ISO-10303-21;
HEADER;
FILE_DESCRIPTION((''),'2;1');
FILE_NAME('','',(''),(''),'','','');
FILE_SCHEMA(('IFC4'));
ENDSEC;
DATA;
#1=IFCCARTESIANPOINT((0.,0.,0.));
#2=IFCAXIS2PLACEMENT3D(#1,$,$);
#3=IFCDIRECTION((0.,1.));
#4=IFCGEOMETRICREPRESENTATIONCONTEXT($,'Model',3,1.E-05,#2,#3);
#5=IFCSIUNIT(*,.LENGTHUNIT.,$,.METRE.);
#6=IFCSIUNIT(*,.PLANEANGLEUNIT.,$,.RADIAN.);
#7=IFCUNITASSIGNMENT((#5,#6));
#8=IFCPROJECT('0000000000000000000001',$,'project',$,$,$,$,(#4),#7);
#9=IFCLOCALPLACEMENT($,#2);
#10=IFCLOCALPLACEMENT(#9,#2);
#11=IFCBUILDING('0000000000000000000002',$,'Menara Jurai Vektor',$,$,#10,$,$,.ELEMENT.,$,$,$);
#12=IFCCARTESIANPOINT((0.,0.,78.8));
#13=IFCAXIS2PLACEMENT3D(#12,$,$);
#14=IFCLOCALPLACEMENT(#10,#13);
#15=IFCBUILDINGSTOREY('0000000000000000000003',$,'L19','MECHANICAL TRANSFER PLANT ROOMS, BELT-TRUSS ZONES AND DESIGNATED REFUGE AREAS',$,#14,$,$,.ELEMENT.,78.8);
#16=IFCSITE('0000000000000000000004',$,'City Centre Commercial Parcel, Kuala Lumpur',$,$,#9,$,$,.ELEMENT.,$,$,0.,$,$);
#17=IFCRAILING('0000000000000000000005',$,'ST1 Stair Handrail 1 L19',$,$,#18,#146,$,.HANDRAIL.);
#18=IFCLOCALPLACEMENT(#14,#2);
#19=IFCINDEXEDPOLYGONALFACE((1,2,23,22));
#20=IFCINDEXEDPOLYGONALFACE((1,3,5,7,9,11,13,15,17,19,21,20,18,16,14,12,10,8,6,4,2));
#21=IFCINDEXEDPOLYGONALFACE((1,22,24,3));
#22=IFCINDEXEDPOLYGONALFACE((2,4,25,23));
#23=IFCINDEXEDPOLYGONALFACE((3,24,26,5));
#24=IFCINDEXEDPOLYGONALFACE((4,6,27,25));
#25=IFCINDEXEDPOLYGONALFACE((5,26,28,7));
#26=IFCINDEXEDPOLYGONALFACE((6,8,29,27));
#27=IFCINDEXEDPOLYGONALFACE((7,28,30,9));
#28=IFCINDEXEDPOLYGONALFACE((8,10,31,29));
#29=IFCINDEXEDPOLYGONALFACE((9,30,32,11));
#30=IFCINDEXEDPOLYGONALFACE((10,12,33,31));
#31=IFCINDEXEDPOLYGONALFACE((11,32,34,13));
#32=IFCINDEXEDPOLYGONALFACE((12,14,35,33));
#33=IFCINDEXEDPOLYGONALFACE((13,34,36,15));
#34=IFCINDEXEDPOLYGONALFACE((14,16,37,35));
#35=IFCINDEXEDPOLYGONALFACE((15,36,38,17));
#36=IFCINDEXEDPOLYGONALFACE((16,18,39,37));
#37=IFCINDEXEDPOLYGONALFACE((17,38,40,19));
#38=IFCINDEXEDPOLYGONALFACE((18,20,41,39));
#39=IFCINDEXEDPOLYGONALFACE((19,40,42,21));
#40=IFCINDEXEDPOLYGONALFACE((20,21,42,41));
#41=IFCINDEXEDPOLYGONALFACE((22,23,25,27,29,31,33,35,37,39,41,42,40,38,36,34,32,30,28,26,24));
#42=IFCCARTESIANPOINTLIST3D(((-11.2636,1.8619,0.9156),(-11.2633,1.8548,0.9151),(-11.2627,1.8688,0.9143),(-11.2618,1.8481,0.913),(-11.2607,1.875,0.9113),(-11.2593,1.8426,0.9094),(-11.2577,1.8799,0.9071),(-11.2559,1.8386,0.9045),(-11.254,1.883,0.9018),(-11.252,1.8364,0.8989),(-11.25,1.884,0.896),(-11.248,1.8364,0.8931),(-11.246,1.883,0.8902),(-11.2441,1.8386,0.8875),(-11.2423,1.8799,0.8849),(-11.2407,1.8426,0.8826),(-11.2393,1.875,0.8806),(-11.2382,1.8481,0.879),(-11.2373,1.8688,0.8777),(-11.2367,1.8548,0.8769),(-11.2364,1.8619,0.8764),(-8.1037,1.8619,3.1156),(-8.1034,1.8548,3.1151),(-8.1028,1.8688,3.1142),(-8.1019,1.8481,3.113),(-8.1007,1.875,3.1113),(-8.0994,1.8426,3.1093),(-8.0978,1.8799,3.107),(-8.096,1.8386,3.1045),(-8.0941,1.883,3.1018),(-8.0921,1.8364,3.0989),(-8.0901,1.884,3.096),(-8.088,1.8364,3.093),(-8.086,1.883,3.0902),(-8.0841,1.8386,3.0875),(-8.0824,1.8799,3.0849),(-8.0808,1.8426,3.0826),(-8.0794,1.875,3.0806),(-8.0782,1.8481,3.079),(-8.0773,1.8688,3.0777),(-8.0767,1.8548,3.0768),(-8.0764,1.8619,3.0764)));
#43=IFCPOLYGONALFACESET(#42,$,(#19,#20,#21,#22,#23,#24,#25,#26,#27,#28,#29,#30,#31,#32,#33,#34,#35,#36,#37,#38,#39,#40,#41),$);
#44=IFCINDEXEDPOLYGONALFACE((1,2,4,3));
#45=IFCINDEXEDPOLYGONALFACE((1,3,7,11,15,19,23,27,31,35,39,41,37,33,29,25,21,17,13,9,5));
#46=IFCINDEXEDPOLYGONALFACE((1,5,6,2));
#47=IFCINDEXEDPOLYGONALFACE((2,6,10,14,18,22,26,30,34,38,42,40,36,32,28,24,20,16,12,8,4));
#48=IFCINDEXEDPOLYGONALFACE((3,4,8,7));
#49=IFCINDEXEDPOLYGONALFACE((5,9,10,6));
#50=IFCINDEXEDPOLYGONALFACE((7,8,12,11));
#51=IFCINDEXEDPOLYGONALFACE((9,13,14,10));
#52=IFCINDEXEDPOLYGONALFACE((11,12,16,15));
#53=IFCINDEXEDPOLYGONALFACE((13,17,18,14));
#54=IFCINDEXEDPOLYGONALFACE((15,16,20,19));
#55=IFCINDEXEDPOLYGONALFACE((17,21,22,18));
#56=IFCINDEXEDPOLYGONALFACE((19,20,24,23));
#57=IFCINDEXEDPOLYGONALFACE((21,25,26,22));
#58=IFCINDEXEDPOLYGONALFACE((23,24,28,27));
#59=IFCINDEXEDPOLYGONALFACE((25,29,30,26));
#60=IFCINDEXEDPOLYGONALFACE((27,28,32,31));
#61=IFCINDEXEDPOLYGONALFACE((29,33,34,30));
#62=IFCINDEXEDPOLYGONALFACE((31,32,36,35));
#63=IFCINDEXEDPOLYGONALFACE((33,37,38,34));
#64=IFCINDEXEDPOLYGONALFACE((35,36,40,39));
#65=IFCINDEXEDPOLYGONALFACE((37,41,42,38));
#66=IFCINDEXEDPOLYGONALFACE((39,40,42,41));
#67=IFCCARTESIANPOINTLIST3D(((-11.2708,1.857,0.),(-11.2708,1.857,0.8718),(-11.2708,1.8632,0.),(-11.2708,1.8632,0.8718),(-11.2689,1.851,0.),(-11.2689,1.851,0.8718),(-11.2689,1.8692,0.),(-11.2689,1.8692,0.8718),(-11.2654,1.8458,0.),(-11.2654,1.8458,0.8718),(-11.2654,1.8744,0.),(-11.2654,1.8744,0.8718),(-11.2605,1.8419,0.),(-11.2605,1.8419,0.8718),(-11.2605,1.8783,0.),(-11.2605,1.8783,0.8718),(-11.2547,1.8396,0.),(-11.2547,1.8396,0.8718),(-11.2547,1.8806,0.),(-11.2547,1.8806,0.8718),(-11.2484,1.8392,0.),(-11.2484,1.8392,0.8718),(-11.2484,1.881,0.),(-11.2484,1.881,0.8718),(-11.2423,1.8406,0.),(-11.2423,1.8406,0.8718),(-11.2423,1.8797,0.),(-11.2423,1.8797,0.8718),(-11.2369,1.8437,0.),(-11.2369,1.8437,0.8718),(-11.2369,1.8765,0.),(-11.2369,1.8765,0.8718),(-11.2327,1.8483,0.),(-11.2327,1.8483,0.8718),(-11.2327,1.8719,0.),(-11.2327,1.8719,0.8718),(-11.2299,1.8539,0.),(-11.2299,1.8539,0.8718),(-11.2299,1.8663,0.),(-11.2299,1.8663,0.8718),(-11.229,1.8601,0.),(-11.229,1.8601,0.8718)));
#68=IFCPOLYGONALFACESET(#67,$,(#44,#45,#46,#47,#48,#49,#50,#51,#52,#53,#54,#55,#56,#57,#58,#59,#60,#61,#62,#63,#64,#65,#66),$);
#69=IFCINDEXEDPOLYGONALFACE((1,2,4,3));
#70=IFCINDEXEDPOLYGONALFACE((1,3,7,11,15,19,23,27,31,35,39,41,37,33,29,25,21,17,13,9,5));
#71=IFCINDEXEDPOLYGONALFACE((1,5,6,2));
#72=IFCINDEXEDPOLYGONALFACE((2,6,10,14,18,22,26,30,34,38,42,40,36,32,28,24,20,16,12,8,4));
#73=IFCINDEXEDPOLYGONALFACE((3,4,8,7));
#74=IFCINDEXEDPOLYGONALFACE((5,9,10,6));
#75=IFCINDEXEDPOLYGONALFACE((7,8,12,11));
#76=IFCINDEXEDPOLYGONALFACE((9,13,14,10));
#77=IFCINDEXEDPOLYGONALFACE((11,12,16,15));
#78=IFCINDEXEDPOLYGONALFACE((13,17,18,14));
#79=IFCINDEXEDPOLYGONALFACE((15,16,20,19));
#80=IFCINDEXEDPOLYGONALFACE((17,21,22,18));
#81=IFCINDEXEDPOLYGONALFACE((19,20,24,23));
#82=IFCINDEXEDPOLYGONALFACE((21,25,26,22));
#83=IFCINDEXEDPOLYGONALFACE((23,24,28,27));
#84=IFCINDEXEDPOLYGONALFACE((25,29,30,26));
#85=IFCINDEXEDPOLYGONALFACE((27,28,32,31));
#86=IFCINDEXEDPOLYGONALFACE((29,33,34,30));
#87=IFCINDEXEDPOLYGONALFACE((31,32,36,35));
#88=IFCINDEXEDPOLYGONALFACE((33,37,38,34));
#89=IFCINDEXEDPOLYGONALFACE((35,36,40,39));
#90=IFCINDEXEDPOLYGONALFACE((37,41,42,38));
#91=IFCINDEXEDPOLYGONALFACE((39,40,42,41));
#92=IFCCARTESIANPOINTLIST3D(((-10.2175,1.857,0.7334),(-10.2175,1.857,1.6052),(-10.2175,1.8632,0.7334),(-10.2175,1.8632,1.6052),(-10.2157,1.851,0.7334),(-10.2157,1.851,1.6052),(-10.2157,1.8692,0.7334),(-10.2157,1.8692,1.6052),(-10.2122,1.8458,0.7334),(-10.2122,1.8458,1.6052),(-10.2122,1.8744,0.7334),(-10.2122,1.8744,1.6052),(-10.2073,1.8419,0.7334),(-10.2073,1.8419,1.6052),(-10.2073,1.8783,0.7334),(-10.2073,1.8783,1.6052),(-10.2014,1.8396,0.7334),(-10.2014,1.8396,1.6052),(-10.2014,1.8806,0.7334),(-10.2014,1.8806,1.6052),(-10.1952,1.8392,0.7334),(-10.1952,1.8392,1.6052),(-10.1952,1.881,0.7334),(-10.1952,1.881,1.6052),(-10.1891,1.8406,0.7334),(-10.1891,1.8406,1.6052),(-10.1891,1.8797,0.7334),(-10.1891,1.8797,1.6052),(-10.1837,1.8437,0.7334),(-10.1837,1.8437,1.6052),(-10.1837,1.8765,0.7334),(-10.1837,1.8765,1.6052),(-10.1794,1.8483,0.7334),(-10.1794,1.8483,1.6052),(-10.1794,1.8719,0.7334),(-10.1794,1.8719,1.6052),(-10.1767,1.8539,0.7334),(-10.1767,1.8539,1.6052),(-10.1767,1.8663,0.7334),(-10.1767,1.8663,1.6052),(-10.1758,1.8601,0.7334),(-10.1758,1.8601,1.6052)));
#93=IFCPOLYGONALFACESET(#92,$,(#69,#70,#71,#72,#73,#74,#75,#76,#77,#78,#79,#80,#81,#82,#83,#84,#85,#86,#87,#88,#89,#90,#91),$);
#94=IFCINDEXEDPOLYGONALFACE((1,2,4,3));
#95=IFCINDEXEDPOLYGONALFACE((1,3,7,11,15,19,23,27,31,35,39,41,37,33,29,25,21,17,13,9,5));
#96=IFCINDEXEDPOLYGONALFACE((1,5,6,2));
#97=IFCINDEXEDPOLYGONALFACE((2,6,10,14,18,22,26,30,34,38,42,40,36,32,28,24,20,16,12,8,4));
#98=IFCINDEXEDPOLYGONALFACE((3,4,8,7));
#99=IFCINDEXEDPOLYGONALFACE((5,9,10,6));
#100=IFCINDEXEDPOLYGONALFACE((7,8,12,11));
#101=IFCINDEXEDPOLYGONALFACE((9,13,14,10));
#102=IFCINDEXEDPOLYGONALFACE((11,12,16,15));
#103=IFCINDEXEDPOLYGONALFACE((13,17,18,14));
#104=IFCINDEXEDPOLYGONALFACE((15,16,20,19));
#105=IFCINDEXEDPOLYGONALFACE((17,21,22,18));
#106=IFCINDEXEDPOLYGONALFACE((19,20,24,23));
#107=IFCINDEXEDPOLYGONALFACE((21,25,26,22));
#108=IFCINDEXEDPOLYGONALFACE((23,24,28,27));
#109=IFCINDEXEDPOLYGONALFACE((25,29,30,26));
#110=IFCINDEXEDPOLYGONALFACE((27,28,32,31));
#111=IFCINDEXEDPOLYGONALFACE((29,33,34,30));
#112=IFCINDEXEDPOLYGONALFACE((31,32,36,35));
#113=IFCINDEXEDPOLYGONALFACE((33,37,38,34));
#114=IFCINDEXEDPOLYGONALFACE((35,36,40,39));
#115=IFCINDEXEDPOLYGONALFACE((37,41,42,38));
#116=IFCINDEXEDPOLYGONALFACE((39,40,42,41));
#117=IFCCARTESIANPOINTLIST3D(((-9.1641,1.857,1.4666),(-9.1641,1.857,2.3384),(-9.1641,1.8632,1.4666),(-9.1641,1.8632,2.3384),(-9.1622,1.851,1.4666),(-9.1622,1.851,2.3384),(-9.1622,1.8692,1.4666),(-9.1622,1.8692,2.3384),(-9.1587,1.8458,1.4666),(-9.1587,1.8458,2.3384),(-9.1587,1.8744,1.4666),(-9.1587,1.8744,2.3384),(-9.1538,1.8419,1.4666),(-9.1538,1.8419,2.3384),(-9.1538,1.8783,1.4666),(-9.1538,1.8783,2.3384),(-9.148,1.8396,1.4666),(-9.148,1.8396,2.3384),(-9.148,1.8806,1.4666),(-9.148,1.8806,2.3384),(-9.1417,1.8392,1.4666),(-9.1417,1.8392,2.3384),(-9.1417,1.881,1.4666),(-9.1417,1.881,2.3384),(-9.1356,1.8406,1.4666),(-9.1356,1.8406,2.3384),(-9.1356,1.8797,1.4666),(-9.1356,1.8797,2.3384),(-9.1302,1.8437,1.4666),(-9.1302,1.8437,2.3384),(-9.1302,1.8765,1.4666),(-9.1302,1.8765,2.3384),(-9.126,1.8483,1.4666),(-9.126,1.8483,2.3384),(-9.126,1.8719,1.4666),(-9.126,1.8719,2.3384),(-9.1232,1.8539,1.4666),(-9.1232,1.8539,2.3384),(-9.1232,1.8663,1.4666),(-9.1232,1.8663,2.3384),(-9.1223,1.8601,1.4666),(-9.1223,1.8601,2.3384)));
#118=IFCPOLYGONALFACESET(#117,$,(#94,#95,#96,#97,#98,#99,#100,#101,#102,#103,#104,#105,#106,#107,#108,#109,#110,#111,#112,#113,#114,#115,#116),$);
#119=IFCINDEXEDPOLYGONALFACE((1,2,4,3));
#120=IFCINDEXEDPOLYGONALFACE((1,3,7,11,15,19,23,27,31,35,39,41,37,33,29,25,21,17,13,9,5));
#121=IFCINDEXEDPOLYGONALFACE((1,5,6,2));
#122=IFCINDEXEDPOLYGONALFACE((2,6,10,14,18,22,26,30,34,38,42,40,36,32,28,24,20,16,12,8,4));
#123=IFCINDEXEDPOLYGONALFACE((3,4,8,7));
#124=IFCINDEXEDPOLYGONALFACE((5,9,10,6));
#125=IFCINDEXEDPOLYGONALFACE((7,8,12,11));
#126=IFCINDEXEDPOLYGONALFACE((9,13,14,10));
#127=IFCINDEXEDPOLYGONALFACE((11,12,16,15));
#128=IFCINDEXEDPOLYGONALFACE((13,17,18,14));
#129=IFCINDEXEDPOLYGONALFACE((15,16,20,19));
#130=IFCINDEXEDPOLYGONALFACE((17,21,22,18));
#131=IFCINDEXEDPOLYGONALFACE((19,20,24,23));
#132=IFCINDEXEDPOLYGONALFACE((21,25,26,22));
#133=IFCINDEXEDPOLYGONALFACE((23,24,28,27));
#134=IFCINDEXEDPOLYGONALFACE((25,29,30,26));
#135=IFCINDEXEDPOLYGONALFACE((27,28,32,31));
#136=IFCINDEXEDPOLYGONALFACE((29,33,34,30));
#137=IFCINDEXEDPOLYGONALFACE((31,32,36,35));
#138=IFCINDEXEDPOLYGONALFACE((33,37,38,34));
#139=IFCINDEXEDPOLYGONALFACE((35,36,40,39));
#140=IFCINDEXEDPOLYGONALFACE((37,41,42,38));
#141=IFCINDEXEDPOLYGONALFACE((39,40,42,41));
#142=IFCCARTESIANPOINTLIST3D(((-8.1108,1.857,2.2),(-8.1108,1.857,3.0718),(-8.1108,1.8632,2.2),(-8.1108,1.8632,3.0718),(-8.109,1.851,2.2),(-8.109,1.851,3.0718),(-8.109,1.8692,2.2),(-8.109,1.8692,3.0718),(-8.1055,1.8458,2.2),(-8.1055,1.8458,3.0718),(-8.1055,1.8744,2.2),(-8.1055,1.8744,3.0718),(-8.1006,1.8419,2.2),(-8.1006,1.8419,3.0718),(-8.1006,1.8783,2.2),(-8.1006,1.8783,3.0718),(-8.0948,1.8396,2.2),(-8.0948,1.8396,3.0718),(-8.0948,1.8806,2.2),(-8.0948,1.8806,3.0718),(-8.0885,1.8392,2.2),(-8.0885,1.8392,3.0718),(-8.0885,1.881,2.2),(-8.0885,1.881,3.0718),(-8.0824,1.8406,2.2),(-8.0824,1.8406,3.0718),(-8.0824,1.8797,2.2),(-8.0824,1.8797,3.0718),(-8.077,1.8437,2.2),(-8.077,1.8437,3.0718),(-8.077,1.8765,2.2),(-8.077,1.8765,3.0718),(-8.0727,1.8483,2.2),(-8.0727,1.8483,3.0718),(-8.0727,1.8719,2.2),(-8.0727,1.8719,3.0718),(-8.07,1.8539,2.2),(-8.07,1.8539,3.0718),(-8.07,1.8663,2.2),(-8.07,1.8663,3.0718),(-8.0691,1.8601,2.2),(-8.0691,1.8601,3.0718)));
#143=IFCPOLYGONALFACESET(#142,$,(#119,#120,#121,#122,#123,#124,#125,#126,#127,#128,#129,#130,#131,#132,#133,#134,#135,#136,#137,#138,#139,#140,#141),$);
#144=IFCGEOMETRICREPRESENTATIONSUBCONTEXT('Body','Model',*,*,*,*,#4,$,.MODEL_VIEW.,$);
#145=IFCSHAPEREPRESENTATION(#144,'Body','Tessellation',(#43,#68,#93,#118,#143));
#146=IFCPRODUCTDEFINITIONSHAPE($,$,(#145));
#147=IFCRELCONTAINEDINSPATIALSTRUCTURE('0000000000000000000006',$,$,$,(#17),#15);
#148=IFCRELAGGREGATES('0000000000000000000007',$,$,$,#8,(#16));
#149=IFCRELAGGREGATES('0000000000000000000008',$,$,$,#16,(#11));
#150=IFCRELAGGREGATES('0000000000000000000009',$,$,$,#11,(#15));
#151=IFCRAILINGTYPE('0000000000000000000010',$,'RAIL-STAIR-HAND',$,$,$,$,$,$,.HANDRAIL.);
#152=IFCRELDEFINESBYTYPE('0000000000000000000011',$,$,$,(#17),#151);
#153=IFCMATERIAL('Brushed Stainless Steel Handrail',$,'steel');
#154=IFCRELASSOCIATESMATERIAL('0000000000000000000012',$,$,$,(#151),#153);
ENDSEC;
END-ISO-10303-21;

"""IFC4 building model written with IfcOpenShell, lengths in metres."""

from ifc_helpers import new_model, si_unit, direction, frame, origin, origin_2d, place, context, subcontext, project, spatial, circle, extrude, material, type_object, element, save


model = new_model("IFC4")

# Units and contexts
model_context = context("Model", 3, precision=1e-05, world=origin(), true_north=direction((0.0, 1.0)))
body_context = subcontext(model_context, "Body", "Model", "MODEL_VIEW")
ifc_project = project(units=[si_unit("LENGTHUNIT", "METRE"), si_unit("PLANEANGLEUNIT", "RADIAN")], contexts=[model_context])

# Site, building, storey
site_placement = place(None, origin())
site = spatial("IfcSite", under=ifc_project, at=site_placement, Name="City Centre Commercial Parcel, Kuala Lumpur", CompositionType="ELEMENT", RefElevation=0.0)
building_placement = place(site_placement, origin())
building = spatial("IfcBuilding", under=site, at=building_placement, Name="Menara Jurai Vektor", CompositionType="ELEMENT")
storey_placement = place(building_placement, frame((0.0, 0.0, 78.8)))
storey = spatial("IfcBuildingStorey", under=building, at=storey_placement, Name="L19", Description="MECHANICAL TRANSFER PLANT ROOMS, BELT-TRUSS ZONES AND DESIGNATED REFUGE AREAS", CompositionType="ELEMENT", Elevation=78.8)

# Railing
ifc_material_1 = material(Name="Brushed Stainless Steel Handrail", Category="steel")
railing_type_1 = type_object("IfcRailingType", Name="RAIL-STAIR-HAND", PredefinedType="HANDRAIL", material=ifc_material_1)
railing_1_placement = place(storey_placement, frame((-11.25, 1.8601, 0.0)))
element("IfcRailing", 1, at=railing_1_placement, inside=storey, type_object=railing_type_1, Name="ST1 Stair Handrail 1 L19", PredefinedType="HANDRAIL", context=body_context, shape_type="SweptSolid", body=[
    extrude(circle(Radius=0.0239, at=origin_2d()), frame((0.0, 0.0, 0.896), z_axis=(0.820692, 0.0, 0.571371), x_axis=(0.0, 1.0, 0.0)), (0.0, 0.0, 1.0), 3.8503),
    extrude(circle(Radius=0.021, at=origin_2d()), origin(), (0.0, 0.0, 1.0), 0.8718),
    extrude(circle(Radius=0.021, at=origin_2d()), frame((1.0532, 0.0, 0.7334)), (0.0, 0.0, 1.0), 0.8718),
    extrude(circle(Radius=0.021, at=origin_2d()), frame((2.1067, 0.0, 1.4666)), (0.0, 0.0, 1.0), 0.8718),
    extrude(circle(Radius=0.021, at=origin_2d()), frame((3.1599, 0.0, 2.2)), (0.0, 0.0, 1.0), 0.8718),
])

save(model, "model.ifc")
